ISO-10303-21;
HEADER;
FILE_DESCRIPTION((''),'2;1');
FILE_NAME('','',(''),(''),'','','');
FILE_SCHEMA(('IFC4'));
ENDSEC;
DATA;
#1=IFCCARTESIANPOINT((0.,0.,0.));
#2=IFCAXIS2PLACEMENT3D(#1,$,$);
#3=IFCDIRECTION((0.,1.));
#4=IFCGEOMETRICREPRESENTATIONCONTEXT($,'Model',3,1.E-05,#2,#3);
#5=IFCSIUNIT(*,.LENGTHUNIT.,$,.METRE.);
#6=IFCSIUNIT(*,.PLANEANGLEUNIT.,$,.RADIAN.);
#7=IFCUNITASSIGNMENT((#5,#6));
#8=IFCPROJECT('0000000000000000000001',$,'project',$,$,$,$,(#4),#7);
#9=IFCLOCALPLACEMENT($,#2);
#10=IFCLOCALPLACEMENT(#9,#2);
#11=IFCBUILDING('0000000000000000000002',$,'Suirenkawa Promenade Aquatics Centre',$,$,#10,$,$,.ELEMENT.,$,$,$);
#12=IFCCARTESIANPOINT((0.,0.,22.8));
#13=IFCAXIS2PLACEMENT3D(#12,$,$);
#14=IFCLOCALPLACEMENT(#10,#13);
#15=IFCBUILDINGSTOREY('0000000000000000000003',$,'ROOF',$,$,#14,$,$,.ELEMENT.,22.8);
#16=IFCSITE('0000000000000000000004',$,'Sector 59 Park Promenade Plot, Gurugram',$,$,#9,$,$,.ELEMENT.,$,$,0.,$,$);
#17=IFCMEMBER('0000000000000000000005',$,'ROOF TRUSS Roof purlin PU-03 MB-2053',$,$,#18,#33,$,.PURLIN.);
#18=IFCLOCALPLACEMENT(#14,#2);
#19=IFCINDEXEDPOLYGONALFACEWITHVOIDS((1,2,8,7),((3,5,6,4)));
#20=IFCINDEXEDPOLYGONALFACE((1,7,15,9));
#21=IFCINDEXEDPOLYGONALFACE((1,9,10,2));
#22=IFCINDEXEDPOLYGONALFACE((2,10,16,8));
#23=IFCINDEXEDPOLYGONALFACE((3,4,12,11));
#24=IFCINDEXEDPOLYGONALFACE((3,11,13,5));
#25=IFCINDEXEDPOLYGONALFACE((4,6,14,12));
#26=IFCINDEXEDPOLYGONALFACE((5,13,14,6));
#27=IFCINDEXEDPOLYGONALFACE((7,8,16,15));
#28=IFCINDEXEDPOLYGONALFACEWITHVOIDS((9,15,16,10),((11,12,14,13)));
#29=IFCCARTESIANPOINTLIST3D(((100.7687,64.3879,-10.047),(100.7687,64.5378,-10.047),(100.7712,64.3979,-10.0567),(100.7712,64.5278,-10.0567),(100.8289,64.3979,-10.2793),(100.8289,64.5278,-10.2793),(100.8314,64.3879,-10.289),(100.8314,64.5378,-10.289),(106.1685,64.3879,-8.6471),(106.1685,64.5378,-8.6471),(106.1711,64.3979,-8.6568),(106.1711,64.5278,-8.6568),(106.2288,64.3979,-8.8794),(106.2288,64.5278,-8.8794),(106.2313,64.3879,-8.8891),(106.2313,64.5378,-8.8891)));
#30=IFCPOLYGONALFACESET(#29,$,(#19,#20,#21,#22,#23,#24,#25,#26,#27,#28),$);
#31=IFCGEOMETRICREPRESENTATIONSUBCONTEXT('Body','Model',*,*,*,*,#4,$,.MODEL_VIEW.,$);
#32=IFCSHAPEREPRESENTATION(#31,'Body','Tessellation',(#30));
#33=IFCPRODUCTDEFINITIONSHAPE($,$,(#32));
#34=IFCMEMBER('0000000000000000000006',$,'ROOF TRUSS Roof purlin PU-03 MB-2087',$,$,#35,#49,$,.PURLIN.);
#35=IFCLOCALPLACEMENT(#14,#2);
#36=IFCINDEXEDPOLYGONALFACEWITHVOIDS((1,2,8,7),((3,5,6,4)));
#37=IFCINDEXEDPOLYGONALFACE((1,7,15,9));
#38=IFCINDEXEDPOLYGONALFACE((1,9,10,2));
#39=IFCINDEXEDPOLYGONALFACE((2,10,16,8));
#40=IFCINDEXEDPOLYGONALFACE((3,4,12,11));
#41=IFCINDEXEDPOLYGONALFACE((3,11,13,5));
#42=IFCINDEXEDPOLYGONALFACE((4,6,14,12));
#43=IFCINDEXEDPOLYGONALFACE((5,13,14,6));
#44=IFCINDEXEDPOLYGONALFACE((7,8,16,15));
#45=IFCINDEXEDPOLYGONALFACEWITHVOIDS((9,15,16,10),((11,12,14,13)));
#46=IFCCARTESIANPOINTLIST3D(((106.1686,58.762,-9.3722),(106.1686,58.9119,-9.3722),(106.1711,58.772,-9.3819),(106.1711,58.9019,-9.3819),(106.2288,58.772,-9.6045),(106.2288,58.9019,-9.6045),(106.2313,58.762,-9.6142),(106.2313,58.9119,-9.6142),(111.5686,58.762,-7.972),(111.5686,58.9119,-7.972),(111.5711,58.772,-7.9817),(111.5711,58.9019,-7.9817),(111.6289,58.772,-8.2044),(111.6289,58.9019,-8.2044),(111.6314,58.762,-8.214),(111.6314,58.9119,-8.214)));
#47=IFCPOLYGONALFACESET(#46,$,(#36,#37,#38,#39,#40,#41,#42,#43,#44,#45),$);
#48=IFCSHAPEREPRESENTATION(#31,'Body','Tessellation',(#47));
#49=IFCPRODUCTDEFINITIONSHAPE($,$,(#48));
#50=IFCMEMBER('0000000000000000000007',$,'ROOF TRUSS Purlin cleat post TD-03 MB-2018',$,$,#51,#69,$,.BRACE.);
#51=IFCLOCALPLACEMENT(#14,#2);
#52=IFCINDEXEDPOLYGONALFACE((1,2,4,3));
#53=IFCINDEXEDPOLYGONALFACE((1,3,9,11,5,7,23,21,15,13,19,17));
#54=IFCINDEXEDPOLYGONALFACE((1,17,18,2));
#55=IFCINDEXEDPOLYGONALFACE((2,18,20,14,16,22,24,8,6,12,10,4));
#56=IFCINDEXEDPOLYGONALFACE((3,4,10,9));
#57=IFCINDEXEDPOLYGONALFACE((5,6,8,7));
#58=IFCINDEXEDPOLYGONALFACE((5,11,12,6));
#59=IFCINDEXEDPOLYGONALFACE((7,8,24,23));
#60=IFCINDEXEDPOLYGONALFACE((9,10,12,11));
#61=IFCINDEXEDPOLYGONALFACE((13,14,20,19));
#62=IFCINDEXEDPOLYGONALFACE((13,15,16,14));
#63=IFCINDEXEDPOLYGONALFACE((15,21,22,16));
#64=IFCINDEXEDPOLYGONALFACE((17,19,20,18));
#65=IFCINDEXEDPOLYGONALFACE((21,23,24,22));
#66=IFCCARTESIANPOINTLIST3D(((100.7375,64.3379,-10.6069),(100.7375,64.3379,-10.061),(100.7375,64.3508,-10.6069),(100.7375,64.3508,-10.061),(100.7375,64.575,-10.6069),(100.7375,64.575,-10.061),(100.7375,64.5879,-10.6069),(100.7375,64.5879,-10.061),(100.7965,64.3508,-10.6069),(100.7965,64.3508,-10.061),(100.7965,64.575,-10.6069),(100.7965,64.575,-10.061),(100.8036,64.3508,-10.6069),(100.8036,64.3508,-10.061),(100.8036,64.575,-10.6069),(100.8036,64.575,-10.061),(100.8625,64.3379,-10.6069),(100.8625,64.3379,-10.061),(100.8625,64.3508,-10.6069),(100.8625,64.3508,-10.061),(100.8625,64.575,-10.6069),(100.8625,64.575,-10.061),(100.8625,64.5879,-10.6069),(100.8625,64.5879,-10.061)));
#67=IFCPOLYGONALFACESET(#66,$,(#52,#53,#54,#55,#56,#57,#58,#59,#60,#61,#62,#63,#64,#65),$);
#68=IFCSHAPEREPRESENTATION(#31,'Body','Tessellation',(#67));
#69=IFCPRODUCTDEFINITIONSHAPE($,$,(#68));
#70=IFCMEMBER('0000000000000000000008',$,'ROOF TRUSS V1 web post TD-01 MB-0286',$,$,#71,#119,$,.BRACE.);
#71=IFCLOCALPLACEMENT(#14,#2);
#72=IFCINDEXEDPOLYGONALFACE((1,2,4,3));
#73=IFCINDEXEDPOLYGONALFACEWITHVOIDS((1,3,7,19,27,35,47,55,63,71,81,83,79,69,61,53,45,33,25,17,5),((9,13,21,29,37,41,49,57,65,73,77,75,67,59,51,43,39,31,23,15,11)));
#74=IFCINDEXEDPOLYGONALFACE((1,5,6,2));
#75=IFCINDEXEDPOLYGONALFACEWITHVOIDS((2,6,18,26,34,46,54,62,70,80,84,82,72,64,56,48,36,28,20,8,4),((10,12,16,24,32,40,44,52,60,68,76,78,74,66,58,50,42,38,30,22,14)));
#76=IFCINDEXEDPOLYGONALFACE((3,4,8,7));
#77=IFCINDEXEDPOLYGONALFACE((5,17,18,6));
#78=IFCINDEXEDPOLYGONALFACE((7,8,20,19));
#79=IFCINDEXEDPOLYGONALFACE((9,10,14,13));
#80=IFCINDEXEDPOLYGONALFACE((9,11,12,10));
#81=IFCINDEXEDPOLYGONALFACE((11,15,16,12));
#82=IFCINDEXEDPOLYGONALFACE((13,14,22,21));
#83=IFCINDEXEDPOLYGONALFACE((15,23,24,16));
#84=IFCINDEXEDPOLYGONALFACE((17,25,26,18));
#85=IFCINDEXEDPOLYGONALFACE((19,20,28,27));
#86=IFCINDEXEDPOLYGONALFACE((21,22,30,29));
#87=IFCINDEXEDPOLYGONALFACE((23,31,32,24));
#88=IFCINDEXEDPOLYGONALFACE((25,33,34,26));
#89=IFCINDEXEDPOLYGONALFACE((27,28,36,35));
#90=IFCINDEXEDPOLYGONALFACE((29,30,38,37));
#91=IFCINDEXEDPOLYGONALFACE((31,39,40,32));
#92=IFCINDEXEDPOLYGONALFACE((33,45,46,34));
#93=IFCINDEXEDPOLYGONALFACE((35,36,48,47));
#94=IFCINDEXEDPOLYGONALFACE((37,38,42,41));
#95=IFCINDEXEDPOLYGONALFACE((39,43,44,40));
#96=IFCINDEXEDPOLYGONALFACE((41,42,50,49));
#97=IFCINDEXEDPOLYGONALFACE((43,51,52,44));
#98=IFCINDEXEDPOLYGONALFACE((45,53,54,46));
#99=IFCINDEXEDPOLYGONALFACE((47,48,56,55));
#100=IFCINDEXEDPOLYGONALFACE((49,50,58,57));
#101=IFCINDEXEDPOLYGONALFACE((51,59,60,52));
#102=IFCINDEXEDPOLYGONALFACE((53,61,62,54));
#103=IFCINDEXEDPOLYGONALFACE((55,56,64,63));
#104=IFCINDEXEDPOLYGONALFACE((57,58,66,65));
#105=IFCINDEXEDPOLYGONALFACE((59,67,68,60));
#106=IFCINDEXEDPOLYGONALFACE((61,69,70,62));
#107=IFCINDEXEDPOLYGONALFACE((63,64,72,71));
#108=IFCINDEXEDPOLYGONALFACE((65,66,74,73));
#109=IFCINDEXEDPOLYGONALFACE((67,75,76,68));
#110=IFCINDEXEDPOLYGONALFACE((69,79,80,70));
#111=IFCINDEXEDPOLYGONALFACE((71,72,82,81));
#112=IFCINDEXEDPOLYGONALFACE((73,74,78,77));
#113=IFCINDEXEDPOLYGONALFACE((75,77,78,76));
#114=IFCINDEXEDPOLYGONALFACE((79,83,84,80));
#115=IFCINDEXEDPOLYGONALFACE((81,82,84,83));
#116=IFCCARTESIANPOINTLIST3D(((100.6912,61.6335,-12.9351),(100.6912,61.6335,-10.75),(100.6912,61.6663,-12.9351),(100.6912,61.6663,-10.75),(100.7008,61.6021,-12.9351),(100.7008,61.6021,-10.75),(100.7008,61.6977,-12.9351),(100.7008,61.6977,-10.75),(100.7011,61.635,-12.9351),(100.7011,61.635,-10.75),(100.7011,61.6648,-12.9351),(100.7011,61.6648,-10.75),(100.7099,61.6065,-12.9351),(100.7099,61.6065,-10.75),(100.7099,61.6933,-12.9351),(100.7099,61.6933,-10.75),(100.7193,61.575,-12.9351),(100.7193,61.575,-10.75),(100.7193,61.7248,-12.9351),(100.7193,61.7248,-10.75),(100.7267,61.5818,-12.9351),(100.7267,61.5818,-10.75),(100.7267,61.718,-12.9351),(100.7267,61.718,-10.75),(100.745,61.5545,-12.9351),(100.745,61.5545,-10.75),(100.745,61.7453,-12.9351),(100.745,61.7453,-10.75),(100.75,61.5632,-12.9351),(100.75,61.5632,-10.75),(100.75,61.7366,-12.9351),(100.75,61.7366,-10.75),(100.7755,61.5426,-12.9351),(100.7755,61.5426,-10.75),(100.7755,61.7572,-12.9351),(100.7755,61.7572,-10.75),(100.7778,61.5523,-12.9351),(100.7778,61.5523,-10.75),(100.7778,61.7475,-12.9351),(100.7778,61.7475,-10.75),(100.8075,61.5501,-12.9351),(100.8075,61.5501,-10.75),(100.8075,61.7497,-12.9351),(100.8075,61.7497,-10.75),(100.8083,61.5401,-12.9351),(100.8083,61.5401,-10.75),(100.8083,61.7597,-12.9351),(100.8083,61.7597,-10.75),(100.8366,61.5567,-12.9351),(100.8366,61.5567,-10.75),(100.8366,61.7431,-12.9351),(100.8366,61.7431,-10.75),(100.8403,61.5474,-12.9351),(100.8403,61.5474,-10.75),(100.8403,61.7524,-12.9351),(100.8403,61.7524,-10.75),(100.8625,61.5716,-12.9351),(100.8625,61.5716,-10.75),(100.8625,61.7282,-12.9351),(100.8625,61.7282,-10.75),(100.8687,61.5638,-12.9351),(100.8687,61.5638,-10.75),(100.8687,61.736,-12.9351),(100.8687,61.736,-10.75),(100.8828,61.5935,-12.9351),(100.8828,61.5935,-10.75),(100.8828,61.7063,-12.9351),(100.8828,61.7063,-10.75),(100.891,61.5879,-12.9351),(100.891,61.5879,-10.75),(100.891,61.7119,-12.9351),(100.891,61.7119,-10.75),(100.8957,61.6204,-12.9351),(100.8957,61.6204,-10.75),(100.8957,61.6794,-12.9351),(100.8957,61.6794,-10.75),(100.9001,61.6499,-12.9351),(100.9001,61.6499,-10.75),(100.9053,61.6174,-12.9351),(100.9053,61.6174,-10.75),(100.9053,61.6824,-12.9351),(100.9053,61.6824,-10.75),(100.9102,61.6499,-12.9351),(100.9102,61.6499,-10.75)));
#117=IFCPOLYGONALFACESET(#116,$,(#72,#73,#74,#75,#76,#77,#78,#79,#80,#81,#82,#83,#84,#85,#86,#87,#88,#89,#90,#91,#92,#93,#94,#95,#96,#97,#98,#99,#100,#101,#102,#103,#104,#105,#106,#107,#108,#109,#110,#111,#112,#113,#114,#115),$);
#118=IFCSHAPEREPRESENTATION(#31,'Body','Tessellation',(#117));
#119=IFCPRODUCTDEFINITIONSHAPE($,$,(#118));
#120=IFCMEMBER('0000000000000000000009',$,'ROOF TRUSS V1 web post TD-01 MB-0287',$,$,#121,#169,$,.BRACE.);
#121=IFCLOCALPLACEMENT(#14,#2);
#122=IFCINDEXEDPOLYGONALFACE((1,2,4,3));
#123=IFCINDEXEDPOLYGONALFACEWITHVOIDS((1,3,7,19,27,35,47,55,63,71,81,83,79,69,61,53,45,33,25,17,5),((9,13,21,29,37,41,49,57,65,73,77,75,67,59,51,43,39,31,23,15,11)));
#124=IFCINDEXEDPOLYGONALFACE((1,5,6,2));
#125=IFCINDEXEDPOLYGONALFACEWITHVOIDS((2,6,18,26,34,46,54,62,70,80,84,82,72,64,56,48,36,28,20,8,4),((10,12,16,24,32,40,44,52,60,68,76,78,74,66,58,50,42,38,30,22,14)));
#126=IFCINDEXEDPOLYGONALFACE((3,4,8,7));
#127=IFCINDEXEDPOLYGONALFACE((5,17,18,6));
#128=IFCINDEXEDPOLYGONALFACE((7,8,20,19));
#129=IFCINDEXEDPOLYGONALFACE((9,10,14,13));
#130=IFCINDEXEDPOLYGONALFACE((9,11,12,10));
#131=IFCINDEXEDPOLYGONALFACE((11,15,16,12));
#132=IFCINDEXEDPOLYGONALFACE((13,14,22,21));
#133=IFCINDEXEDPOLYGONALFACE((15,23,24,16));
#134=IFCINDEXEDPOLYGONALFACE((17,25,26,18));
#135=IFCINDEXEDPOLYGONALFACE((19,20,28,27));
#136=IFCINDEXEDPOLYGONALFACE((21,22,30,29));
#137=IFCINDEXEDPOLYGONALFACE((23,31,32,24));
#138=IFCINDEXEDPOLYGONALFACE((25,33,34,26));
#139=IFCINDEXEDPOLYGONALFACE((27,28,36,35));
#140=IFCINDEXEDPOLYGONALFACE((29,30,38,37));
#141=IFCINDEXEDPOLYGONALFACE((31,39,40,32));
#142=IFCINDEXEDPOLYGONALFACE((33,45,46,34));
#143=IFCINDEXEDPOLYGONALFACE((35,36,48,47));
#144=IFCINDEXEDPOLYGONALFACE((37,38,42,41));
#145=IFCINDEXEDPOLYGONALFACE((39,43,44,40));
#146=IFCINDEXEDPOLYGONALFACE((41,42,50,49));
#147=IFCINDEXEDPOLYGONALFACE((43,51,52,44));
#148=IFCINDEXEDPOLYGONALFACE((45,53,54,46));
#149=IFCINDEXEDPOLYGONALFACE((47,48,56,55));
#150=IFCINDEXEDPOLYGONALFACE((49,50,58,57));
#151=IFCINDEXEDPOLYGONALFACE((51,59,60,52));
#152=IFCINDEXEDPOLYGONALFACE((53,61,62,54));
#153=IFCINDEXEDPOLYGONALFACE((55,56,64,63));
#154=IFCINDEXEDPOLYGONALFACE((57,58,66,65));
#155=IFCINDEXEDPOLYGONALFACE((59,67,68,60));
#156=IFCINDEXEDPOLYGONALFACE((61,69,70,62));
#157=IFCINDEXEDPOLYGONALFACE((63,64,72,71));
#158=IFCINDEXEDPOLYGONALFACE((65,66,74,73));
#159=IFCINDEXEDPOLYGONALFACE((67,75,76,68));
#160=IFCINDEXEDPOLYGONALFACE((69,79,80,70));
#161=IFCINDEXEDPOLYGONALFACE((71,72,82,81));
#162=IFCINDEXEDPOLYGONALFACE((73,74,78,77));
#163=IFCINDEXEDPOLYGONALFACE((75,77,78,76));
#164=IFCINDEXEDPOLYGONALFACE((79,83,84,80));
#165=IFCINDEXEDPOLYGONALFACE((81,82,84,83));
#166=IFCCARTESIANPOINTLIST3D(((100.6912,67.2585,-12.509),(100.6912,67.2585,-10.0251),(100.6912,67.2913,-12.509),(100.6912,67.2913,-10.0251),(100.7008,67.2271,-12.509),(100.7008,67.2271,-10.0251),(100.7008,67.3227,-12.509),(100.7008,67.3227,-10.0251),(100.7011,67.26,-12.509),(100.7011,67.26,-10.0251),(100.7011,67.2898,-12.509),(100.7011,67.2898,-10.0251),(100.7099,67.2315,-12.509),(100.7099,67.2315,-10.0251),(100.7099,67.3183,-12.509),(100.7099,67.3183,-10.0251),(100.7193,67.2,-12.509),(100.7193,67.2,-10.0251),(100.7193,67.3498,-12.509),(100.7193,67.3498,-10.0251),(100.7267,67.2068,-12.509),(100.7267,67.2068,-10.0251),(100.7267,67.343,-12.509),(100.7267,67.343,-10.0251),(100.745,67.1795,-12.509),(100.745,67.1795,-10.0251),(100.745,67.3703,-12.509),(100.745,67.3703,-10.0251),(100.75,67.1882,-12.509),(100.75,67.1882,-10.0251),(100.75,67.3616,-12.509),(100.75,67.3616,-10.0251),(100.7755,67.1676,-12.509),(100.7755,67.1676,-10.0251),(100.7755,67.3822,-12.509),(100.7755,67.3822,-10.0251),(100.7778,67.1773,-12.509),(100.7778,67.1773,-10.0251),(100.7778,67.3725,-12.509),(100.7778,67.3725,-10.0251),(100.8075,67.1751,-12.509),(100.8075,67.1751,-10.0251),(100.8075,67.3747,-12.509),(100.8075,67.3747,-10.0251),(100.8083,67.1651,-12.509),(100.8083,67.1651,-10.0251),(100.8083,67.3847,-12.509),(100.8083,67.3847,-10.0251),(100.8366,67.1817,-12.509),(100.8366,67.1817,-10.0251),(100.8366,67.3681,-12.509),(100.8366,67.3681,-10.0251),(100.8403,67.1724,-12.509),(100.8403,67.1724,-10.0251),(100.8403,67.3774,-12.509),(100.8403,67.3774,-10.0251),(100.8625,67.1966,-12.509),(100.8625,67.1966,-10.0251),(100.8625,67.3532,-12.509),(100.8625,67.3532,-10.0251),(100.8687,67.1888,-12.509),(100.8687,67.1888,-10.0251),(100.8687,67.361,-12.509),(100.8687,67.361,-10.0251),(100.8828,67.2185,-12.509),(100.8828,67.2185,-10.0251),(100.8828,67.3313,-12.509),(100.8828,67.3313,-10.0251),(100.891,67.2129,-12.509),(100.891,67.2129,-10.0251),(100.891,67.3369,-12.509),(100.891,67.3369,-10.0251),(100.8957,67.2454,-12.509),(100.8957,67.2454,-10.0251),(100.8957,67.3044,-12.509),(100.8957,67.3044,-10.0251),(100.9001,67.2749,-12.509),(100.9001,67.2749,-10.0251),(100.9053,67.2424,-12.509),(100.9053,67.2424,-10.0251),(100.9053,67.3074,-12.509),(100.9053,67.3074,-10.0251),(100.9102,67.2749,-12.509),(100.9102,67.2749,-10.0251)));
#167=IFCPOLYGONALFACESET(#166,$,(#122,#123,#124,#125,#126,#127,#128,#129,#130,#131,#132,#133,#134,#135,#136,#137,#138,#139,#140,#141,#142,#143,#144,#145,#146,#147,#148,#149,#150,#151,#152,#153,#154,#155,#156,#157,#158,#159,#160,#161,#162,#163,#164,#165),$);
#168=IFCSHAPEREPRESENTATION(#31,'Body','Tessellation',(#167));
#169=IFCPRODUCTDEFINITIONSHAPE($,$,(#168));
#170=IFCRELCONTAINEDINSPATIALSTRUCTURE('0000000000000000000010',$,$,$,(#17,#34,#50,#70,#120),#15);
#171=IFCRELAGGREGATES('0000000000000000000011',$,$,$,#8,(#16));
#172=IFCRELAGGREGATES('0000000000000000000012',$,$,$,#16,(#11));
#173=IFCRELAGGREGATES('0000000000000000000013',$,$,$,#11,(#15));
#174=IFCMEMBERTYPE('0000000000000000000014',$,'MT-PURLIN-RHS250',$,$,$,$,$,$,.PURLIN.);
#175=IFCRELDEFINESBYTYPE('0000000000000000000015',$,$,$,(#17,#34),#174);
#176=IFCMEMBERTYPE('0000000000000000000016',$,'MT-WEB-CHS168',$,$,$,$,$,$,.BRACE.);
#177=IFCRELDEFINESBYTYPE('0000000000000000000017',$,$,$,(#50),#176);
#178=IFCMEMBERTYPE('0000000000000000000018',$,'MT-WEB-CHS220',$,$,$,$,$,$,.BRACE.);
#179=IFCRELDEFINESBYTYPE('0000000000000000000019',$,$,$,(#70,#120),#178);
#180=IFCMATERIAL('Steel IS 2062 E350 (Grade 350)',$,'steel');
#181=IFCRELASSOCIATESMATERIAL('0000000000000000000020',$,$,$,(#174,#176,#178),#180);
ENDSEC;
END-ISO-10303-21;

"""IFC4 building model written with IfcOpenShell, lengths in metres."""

from ifc_helpers import new_model, si_unit, direction, frame, origin, origin_2d, place, context, subcontext, project, spatial, hollow_rectangle, hollow_circle, i_section, extrude, material, material_profile, profile_set, type_object, element, save


model = new_model("IFC4")

# Units and contexts
model_context = context("Model", 3, precision=1e-05, world=origin(), true_north=direction((0.0, 1.0)))
body_context = subcontext(model_context, "Body", "Model", "MODEL_VIEW")
ifc_project = project(units=[si_unit("LENGTHUNIT", "METRE"), si_unit("PLANEANGLEUNIT", "RADIAN")], contexts=[model_context])

# Site, building, storey
site_placement = place(None, origin())
site = spatial("IfcSite", under=ifc_project, at=site_placement, Name="Sector 59 Park Promenade Plot, Gurugram", CompositionType="ELEMENT", RefElevation=0.0)
building_placement = place(site_placement, origin())
building = spatial("IfcBuilding", under=site, at=building_placement, Name="Suirenkawa Promenade Aquatics Centre", CompositionType="ELEMENT")
storey_placement = place(building_placement, frame((0.0, 0.0, 22.8)))
storey = spatial("IfcBuildingStorey", under=building, at=storey_placement, Name="ROOF", CompositionType="ELEMENT", Elevation=22.8)

# Shared definitions
ifc_material = material(Name="Steel IS 2062 E350 (Grade 350)", Category="steel")

# Members
ifc_material_profile_1 = material_profile(ifc_material, hollow_rectangle(XDim=0.1499, YDim=0.25, WallThickness=0.01, at=origin_2d()), Name="RHS 250x150x10", Category="steel")
ifc_profile_set_1 = profile_set([ifc_material_profile_1], Name="Steel IS 2062 E350 (Grade 350)")
member_type_1 = type_object("IfcMemberType", Name="MT-PURLIN-RHS250", PredefinedType="PURLIN", material=ifc_profile_set_1)
member_1_placement = place(storey_placement, frame((100.8, 64.4629, -10.168), z_axis=(0.968, 0.0, 0.25095), x_axis=(0.0, 1.0, 0.0)))
element("IfcMember", 1, at=member_1_placement, inside=storey, type_object=member_type_1, Name="ROOF TRUSS Roof purlin PU-03 MB-2053", PredefinedType="PURLIN", context=body_context, shape_type="SweptSolid", body=[
    extrude(hollow_rectangle(XDim=0.1499, YDim=0.25, WallThickness=0.01, at=origin_2d()), origin(), (0.0, 0.0, 1.0), 5.5784),
])
member_2_placement = place(storey_placement, frame((106.2, 58.8369, -9.4932), z_axis=(0.967992, 0.0, 0.25098), x_axis=(0.0, 1.0, 0.0)))
element("IfcMember", 2, at=member_2_placement, inside=storey, type_object=member_type_1, Name="ROOF TRUSS Roof purlin PU-03 MB-2087", PredefinedType="PURLIN", context=body_context, shape_type="SweptSolid", body=[
    extrude(hollow_rectangle(XDim=0.1499, YDim=0.25, WallThickness=0.01, at=origin_2d()), origin(), (0.0, 0.0, 1.0), 5.5786),
])
ifc_material_profile_2 = material_profile(ifc_material, i_section(OverallWidth=0.125, OverallDepth=0.25, WebThickness=0.0071, FlangeThickness=0.0129, at=origin_2d()), Name="ISMB 250", Category="steel")
ifc_profile_set_2 = profile_set([ifc_material_profile_2], Name="Steel IS 2062 E350 (Grade 350)")
member_type_2 = type_object("IfcMemberType", Name="MT-WEB-CHS168", PredefinedType="BRACE", material=ifc_profile_set_2)
member_3_placement = place(storey_placement, frame((100.8, 64.4629, -10.6069), z_axis=(0.0, 0.0, 1.0), x_axis=(1.0, 0.0, 0.0)))
element("IfcMember", 3, at=member_3_placement, inside=storey, type_object=member_type_2, Name="ROOF TRUSS Purlin cleat post TD-03 MB-2018", PredefinedType="BRACE", context=body_context, shape_type="SweptSolid", body=[
    extrude(i_section(OverallWidth=0.125, OverallDepth=0.25, WebThickness=0.0071, FlangeThickness=0.0129, at=origin_2d()), origin(), (0.0, 0.0, 1.0), 0.5459),
])
ifc_material_profile_3 = material_profile(ifc_material, hollow_circle(Radius=0.1101, WallThickness=0.01, at=origin_2d()), Name="CHS 220x10", Category="steel")
ifc_profile_set_3 = profile_set([ifc_material_profile_3], Name="Steel IS 2062 E350 (Grade 350)")
member_type_3 = type_object("IfcMemberType", Name="MT-WEB-CHS220", PredefinedType="BRACE", material=ifc_profile_set_3)
member_4_placement = place(storey_placement, frame((100.8, 61.6499, -12.9351), z_axis=(0.0, 0.0, 1.0), x_axis=(1.0, 0.0, 0.0)))
element("IfcMember", 4, at=member_4_placement, inside=storey, type_object=member_type_3, Name="ROOF TRUSS V1 web post TD-01 MB-0286", PredefinedType="BRACE", context=body_context, shape_type="SweptSolid", body=[
    extrude(hollow_circle(Radius=0.1101, WallThickness=0.01, at=origin_2d()), origin(), (0.0, 0.0, 1.0), 2.1851),
])
member_5_placement = place(storey_placement, frame((100.8, 67.2749, -12.509), z_axis=(0.0, 0.0, 1.0), x_axis=(1.0, 0.0, 0.0)))
element("IfcMember", 5, at=member_5_placement, inside=storey, type_object=member_type_3, Name="ROOF TRUSS V1 web post TD-01 MB-0287", PredefinedType="BRACE", context=body_context, shape_type="SweptSolid", body=[
    extrude(hollow_circle(Radius=0.1101, WallThickness=0.01, at=origin_2d()), origin(), (0.0, 0.0, 1.0), 2.4839),
])

save(model, "model.ifc")
